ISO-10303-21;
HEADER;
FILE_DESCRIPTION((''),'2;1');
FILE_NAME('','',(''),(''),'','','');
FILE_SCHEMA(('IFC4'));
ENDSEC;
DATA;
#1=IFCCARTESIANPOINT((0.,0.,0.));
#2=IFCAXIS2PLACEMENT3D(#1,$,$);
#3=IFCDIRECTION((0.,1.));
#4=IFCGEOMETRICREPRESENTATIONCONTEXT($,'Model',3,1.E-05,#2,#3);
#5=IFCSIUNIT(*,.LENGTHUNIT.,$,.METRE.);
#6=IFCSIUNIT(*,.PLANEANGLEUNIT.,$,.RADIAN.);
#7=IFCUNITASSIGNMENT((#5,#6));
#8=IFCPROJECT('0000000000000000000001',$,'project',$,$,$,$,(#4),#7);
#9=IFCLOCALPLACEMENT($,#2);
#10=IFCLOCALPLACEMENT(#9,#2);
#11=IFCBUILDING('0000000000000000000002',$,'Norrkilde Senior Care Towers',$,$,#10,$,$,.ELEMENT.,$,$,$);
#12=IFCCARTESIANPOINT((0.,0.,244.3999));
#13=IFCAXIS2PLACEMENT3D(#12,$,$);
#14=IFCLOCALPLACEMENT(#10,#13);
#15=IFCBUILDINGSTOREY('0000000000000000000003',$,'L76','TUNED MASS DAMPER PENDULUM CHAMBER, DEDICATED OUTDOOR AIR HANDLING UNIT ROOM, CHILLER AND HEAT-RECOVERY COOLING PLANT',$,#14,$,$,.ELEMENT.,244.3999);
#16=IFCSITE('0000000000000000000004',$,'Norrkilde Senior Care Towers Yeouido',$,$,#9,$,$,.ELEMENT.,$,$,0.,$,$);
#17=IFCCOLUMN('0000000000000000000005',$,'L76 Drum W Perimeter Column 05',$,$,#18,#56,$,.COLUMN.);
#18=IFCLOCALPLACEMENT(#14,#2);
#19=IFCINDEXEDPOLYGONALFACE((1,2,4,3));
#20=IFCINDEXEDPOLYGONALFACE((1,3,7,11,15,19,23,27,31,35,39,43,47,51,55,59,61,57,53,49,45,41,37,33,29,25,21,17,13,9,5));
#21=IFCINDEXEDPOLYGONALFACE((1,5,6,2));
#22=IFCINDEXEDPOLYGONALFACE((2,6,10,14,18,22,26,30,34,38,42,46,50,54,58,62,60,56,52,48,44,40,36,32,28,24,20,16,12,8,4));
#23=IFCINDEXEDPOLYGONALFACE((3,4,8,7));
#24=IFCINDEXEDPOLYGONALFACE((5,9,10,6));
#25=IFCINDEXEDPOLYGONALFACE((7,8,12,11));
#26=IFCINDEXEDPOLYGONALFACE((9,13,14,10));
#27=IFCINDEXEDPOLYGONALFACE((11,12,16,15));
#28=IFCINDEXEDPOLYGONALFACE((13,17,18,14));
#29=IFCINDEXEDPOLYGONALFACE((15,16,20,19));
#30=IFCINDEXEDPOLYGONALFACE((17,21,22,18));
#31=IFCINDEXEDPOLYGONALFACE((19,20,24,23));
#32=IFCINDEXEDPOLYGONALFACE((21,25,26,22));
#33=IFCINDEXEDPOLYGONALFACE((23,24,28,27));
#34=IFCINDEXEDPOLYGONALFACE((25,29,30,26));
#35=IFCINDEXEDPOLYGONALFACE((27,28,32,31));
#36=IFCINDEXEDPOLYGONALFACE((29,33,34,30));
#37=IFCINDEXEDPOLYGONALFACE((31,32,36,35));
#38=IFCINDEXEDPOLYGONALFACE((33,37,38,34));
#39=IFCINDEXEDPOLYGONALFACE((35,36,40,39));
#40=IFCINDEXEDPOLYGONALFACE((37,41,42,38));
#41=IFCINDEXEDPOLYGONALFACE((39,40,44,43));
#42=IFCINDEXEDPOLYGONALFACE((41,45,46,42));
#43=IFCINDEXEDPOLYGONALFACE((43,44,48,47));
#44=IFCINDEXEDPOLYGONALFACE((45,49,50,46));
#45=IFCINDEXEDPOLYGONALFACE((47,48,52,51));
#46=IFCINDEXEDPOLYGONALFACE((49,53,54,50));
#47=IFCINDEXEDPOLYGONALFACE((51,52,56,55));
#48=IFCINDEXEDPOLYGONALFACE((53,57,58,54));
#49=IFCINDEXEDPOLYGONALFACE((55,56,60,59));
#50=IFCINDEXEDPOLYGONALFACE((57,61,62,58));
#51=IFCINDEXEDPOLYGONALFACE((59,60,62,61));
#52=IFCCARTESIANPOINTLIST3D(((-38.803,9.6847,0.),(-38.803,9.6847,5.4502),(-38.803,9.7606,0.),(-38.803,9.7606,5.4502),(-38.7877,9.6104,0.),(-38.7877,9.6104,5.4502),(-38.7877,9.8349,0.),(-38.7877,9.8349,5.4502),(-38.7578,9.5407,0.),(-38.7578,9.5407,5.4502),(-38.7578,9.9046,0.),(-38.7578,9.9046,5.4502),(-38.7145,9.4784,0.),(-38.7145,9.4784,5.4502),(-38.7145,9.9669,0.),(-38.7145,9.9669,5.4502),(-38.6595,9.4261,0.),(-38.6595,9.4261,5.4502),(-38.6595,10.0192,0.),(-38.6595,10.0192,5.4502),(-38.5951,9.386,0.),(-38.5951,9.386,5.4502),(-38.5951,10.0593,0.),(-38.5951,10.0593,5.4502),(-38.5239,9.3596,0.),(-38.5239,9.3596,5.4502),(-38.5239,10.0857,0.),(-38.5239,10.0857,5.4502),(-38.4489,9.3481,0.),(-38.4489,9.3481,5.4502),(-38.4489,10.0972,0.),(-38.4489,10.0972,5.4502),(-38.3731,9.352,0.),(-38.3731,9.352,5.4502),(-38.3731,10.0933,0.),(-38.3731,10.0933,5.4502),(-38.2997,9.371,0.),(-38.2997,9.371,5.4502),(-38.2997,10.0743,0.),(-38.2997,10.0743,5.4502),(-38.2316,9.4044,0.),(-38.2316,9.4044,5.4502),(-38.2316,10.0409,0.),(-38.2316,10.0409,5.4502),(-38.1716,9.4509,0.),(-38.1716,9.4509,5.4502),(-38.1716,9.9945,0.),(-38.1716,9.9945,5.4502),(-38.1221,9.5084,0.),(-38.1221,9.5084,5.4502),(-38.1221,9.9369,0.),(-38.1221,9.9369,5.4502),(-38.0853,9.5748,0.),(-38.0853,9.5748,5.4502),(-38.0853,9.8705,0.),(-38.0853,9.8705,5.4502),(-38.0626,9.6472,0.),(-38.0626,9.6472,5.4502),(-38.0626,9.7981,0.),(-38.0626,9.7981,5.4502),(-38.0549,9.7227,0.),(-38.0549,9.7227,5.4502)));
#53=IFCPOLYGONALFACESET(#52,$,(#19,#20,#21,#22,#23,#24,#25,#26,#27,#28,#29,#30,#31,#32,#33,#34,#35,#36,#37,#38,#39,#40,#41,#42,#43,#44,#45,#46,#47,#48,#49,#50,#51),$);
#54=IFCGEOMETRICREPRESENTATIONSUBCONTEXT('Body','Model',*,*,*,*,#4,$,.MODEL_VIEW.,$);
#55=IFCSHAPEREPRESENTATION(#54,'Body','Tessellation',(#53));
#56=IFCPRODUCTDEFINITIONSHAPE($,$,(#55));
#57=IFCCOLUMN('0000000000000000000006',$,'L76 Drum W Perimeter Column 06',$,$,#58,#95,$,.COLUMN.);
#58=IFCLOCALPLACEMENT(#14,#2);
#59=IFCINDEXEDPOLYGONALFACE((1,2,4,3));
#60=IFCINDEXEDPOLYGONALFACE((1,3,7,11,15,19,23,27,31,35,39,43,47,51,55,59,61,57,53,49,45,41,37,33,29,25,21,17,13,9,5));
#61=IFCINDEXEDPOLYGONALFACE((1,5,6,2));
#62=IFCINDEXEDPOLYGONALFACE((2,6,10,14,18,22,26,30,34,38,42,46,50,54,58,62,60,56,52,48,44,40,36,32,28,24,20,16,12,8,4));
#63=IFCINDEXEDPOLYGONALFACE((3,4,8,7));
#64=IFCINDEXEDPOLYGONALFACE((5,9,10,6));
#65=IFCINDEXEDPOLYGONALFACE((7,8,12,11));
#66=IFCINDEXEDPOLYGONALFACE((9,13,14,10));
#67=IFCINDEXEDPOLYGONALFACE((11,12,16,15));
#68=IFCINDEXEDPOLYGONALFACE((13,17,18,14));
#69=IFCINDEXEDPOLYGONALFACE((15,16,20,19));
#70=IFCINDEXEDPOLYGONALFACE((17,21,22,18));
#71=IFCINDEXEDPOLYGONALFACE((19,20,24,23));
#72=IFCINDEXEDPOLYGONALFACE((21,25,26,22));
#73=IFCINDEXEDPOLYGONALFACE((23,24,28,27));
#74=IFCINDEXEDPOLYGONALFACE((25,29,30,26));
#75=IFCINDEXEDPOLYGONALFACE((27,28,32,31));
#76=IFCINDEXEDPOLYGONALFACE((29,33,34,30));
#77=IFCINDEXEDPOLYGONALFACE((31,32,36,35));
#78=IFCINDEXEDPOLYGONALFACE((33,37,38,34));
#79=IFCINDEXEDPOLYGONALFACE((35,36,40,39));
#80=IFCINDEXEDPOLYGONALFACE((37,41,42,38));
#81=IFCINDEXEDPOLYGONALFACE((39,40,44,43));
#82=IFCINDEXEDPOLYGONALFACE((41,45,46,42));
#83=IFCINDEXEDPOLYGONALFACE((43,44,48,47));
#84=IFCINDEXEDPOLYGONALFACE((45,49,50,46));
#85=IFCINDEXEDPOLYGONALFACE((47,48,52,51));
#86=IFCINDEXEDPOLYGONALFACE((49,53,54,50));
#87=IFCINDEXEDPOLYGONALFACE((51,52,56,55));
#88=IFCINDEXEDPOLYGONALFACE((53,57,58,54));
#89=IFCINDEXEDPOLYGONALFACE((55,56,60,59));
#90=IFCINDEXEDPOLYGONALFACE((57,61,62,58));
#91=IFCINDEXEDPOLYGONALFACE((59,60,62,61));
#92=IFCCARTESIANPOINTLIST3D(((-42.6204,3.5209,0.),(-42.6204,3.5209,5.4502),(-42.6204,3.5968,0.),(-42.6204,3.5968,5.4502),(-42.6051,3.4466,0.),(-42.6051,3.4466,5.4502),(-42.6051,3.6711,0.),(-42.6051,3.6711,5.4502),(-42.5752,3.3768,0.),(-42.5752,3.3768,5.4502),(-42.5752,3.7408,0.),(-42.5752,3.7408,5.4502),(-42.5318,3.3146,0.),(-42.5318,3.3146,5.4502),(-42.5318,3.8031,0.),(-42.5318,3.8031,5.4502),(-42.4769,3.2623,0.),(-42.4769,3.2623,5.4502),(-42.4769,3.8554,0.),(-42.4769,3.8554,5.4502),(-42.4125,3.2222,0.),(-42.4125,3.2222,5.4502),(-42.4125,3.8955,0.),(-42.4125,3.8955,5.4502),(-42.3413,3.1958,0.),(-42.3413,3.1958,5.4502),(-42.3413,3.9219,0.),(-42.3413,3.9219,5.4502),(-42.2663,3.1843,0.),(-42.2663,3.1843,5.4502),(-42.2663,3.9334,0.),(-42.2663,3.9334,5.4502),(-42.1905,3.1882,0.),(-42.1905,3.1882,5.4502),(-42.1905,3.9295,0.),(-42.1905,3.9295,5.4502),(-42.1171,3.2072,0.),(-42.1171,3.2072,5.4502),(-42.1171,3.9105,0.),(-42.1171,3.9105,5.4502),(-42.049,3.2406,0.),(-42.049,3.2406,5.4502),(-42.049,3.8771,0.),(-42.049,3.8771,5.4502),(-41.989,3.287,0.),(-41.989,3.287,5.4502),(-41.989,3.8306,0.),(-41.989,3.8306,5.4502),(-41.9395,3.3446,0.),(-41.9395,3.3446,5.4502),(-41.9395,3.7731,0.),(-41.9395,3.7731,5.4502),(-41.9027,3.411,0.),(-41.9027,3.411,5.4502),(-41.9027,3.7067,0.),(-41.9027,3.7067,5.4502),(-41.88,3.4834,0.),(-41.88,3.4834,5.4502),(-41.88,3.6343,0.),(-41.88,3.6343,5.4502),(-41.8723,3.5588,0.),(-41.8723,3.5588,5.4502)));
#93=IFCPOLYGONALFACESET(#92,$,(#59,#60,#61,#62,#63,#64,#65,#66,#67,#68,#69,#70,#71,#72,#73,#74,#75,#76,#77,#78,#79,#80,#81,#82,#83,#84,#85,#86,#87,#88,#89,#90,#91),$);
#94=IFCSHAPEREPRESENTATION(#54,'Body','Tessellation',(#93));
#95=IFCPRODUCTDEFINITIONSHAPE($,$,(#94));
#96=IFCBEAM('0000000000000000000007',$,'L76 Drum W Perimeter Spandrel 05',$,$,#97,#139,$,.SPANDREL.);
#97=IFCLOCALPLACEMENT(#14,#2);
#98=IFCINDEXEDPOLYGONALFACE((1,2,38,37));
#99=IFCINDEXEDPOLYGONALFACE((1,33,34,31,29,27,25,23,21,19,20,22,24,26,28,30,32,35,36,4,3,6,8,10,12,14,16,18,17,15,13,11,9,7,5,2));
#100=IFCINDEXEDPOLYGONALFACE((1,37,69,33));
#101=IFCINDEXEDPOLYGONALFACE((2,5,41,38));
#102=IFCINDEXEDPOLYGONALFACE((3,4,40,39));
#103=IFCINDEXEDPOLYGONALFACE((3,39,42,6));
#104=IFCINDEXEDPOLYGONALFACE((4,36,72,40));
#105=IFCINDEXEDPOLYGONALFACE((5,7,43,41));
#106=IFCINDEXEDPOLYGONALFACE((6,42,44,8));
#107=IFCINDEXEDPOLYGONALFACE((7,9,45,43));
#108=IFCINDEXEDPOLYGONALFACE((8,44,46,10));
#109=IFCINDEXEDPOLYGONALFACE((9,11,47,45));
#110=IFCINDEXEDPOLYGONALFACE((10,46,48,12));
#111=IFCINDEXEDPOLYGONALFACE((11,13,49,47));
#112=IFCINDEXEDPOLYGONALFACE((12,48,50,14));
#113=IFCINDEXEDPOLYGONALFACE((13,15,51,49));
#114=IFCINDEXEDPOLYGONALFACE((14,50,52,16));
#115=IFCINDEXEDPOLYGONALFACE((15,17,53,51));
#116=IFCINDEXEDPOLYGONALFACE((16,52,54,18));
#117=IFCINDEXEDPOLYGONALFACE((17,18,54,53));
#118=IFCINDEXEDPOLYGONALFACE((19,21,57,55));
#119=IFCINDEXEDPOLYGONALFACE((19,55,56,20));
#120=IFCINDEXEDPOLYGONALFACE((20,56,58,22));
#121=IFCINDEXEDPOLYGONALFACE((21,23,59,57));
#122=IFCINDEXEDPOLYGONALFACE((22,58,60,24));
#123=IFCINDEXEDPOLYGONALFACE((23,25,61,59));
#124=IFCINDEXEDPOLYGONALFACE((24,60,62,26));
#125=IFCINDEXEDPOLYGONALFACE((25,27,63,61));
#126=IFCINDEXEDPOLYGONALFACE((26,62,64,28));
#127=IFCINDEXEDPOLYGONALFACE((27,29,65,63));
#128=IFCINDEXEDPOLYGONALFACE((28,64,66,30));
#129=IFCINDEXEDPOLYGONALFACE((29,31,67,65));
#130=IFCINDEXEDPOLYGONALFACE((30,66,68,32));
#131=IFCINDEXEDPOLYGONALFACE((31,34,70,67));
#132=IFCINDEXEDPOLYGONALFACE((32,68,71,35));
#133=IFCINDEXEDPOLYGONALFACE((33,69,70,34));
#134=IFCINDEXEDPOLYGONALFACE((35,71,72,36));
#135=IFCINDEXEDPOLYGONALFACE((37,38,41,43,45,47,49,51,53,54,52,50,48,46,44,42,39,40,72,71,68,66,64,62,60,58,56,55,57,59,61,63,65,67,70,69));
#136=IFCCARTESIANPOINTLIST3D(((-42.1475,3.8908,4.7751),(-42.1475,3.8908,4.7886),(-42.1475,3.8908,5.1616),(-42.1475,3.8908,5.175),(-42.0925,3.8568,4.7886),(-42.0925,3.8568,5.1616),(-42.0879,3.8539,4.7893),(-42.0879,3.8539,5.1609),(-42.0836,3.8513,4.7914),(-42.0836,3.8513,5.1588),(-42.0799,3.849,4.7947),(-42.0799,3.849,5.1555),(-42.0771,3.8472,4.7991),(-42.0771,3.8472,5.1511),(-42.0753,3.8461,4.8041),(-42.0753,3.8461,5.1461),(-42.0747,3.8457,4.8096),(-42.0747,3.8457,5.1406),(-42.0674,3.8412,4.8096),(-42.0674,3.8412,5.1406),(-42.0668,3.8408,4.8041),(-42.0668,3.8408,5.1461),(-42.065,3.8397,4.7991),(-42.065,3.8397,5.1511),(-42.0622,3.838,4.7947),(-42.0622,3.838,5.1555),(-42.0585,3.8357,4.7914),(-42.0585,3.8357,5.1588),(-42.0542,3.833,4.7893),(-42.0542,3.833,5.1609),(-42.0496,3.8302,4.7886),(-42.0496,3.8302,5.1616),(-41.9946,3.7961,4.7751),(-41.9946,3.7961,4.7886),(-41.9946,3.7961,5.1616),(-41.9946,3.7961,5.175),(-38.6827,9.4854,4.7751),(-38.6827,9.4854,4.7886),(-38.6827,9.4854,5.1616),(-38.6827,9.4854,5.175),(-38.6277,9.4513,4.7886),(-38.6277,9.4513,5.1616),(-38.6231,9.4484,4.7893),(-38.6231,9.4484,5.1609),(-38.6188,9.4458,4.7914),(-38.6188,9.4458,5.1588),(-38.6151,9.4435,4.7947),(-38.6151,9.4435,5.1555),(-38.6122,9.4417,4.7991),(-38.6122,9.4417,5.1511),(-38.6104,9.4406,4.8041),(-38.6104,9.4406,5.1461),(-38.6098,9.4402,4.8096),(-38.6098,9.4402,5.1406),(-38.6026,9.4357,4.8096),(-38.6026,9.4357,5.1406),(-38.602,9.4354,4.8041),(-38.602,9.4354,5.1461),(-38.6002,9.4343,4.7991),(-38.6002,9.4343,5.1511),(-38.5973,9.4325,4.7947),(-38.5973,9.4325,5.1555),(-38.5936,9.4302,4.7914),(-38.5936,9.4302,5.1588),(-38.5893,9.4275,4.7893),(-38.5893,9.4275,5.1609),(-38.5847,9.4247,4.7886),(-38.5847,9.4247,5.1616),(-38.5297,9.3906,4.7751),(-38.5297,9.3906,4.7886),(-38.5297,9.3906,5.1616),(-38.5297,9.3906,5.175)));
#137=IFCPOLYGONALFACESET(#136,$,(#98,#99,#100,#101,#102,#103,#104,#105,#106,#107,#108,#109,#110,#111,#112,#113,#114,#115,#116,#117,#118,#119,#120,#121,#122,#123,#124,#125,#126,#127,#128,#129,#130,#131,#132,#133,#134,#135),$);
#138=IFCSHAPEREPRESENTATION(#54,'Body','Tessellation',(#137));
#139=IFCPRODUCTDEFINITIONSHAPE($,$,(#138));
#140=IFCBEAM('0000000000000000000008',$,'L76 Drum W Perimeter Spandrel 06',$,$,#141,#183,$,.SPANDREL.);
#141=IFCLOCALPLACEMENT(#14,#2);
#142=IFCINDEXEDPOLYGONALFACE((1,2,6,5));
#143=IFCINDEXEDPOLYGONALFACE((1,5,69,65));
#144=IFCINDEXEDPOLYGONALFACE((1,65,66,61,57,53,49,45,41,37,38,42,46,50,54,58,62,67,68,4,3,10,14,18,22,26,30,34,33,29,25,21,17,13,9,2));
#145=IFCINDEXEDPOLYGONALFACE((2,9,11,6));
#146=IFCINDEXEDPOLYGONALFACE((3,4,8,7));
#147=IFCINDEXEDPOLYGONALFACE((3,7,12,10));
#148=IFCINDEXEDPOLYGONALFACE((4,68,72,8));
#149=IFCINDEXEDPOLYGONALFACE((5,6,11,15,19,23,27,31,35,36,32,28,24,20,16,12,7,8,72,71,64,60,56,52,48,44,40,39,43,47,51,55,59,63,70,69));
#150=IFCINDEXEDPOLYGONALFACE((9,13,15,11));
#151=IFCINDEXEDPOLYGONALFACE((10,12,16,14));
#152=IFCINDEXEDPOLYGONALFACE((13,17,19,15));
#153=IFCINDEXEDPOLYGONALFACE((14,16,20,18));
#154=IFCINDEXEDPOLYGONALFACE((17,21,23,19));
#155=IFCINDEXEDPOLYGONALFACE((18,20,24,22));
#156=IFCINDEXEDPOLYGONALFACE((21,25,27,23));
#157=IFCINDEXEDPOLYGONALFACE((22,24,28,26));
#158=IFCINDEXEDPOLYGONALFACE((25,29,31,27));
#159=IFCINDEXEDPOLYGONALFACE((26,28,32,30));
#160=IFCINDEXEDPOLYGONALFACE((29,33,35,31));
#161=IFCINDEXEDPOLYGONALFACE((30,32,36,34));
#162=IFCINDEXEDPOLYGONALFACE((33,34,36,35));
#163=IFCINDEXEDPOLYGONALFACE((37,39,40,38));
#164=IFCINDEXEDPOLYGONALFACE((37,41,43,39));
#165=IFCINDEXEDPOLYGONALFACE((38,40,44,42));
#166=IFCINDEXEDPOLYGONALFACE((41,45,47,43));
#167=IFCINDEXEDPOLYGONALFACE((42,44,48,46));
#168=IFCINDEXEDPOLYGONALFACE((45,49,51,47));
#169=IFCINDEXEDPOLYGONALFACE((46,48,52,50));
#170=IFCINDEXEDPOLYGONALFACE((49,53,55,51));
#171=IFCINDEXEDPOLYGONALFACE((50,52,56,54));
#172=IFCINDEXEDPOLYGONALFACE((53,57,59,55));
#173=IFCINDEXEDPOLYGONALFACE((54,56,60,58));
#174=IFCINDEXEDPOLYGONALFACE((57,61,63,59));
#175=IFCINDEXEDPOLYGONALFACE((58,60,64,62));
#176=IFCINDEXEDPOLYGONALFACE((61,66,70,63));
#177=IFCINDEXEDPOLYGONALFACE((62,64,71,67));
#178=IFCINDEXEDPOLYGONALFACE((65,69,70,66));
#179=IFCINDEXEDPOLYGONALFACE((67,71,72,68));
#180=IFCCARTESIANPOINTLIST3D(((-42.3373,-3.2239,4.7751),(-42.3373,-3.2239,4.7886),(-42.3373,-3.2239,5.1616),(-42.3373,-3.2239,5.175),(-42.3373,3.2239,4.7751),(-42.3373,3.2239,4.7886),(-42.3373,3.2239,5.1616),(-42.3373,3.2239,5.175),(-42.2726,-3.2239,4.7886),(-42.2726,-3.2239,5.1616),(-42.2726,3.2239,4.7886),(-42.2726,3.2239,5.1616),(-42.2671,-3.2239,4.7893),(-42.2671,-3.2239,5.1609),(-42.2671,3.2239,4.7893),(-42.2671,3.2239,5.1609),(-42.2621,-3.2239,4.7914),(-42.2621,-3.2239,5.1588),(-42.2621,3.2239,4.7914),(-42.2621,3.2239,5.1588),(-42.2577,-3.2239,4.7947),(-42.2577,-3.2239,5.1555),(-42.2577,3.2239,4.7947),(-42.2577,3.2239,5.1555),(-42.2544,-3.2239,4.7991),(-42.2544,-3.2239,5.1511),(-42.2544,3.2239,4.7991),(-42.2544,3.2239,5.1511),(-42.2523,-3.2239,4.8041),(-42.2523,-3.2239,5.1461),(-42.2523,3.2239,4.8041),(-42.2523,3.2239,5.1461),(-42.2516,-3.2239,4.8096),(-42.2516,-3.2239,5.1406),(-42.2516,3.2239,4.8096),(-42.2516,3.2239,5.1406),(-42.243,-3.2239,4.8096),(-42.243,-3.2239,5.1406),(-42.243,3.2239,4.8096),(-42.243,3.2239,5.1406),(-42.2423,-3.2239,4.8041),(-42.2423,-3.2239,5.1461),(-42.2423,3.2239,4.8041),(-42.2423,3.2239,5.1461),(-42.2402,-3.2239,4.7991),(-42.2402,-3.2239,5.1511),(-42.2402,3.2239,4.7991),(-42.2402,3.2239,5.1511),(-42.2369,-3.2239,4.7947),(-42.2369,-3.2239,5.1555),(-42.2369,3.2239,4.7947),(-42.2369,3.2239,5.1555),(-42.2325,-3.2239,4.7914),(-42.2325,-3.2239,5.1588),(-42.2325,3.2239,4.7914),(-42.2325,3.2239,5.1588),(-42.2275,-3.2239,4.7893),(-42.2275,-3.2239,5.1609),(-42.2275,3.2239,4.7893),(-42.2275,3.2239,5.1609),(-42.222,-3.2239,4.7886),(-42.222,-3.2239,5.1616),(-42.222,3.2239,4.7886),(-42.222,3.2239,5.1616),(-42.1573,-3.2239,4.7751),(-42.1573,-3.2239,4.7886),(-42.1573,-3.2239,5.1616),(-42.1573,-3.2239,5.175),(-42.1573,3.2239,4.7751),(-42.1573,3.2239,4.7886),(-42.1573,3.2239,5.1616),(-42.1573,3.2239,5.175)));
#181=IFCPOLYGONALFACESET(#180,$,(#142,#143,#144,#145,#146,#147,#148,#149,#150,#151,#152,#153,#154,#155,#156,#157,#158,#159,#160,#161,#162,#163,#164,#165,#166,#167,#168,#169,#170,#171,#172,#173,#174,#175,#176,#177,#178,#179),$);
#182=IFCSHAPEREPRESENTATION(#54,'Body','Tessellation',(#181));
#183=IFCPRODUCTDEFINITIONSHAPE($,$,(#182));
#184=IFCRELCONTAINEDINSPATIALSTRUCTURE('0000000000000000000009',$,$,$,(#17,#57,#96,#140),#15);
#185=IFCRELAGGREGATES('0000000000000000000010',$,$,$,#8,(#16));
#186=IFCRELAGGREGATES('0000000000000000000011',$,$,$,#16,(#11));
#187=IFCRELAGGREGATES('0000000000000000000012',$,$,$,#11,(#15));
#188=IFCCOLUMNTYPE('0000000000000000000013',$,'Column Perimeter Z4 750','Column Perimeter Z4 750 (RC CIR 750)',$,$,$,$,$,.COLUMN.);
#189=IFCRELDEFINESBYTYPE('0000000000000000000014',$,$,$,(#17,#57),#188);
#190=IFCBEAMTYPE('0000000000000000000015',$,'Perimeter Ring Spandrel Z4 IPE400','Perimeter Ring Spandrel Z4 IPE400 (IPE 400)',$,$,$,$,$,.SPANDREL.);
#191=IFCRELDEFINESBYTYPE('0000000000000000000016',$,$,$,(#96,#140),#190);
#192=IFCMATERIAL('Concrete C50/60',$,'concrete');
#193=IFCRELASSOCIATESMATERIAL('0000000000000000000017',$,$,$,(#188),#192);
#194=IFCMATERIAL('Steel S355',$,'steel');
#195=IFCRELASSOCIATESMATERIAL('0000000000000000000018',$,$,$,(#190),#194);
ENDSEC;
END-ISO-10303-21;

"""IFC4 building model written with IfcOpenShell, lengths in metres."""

from ifc_helpers import new_model, si_unit, direction, frame, origin, origin_2d, place, context, subcontext, project, spatial, circle, i_section, extrude, source, transform, mapped, material, material_profile, profile_set, type_object, type_shapes, element, save


model = new_model("IFC4")

# Units and contexts
model_context = context("Model", 3, precision=1e-05, world=origin(), true_north=direction((0.0, 1.0)))
body_context = subcontext(model_context, "Body", "Model", "MODEL_VIEW")
ifc_project = project(units=[si_unit("LENGTHUNIT", "METRE"), si_unit("PLANEANGLEUNIT", "RADIAN")], contexts=[model_context])

# Site, building, storey
site_placement = place(None, origin())
site = spatial("IfcSite", under=ifc_project, at=site_placement, Name="Norrkilde Senior Care Towers Yeouido", CompositionType="ELEMENT", RefElevation=0.0)
building_placement = place(site_placement, origin())
building = spatial("IfcBuilding", under=site, at=building_placement, Name="Norrkilde Senior Care Towers", CompositionType="ELEMENT")
storey_placement = place(building_placement, frame((0.0, 0.0, 244.3999)))
storey = spatial("IfcBuildingStorey", under=building, at=storey_placement, Name="L76", Description="TUNED MASS DAMPER PENDULUM CHAMBER, DEDICATED OUTDOOR AIR HANDLING UNIT ROOM, CHILLER AND HEAT-RECOVERY COOLING PLANT", CompositionType="ELEMENT", Elevation=244.3999)

# Columns
ifc_material_1 = material(Name="Concrete C50/60", Category="concrete")
ifc_material_profile_1 = material_profile(ifc_material_1, circle(Radius=0.375, at=origin_2d()), Name="RC CIR 750")
ifc_profile_set_1 = profile_set([ifc_material_profile_1], Name="Concrete C50/60")
column_type = type_object("IfcColumnType", Name="Column Perimeter Z4 750", Description="Column Perimeter Z4 750 (RC CIR 750)", PredefinedType="COLUMN", material=ifc_profile_set_1)
shared_shape_1 = source(origin(), body_context, "Body", "SweptSolid", [
    extrude(circle(Radius=0.375, at=origin_2d()), origin(), (0.0, 0.0, 1.0), 5.4502),
])
type_shapes(column_type, [shared_shape_1])
for number, where, z_axis, x_axis, name in (
    (1, (-38.4299, 9.7227, 0.0), (0.0, 0.0, 1.0), (1.0, 0.0, 0.0), "L76 Drum W Perimeter Column 05"),
    (2, (-42.2473, 3.5588, 0.0), (0.0, 0.0, 1.0), (1.0, 0.0, 0.0), "L76 Drum W Perimeter Column 06"),
):
    element("IfcColumn", number, at=place(storey_placement, frame(where, z_axis=z_axis, x_axis=x_axis)), inside=storey, type_object=column_type, Name=name, PredefinedType="COLUMN", context=body_context, shape_type="MappedRepresentation", body=[
        mapped(shared_shape_1, transform((0.0, 0.0, 0.0), x_axis=(1.0, 0.0, 0.0), y_axis=(0.0, 1.0, 0.0), z_axis=(0.0, 0.0, 1.0), scale=1.0)),
    ])

# Beams
ifc_material_2 = material(Name="Steel S355", Category="steel")
ifc_material_profile_2 = material_profile(ifc_material_2, i_section(OverallWidth=0.1799, OverallDepth=0.3999, WebThickness=0.0085, FlangeThickness=0.0134, FilletRadius=0.021, at=origin_2d()), Name="IPE 400")
ifc_profile_set_2 = profile_set([ifc_material_profile_2], Name="Steel S355")
beam_type = type_object("IfcBeamType", Name="Perimeter Ring Spandrel Z4 IPE400", Description="Perimeter Ring Spandrel Z4 IPE400 (IPE 400)", PredefinedType="SPANDREL", material=ifc_profile_set_2)
shared_shape_2 = source(origin(), body_context, "Body", "SweptSolid", [
    extrude(i_section(OverallWidth=0.1799, OverallDepth=0.3999, WebThickness=0.0085, FlangeThickness=0.0134, FilletRadius=0.021, at=origin_2d()), origin(), (0.0, 0.0, 1.0), 6.5806),
])
beam_1_placement = place(storey_placement, frame((-38.6062, 9.438, 4.9751), z_axis=(-0.52653, -0.850157, 0.0), x_axis=(0.850157, -0.52653, 0.0)))
element("IfcBeam", 3, at=beam_1_placement, inside=storey, type_object=beam_type, Name="L76 Drum W Perimeter Spandrel 05", PredefinedType="SPANDREL", context=body_context, shape_type="MappedRepresentation", body=[
    mapped(shared_shape_2, transform((0.0, 0.0, 0.0), x_axis=(1.0, 0.0, 0.0), y_axis=(0.0, 1.0, 0.0), z_axis=(0.0, 0.0, 1.0), scale=1.0)),
])
shared_shape_3 = source(origin(), body_context, "Body", "SweptSolid", [
    extrude(i_section(OverallWidth=0.1799, OverallDepth=0.3999, WebThickness=0.0085, FlangeThickness=0.0134, FilletRadius=0.021, at=origin_2d()), origin(), (0.0, 0.0, 1.0), 6.4478),
])
type_shapes(beam_type, [shared_shape_2, shared_shape_3])
beam_2_placement = place(storey_placement, frame((-42.2473, 3.2239, 4.9751), z_axis=(0.0, -1.0, 0.0), x_axis=(1.0, 0.0, 0.0)))
element("IfcBeam", 4, at=beam_2_placement, inside=storey, type_object=beam_type, Name="L76 Drum W Perimeter Spandrel 06", PredefinedType="SPANDREL", context=body_context, shape_type="MappedRepresentation", body=[
    mapped(shared_shape_3, transform((0.0, 0.0, 0.0), x_axis=(1.0, 0.0, 0.0), y_axis=(0.0, 1.0, 0.0), z_axis=(0.0, 0.0, 1.0), scale=1.0)),
])

save(model, "model.ifc")
